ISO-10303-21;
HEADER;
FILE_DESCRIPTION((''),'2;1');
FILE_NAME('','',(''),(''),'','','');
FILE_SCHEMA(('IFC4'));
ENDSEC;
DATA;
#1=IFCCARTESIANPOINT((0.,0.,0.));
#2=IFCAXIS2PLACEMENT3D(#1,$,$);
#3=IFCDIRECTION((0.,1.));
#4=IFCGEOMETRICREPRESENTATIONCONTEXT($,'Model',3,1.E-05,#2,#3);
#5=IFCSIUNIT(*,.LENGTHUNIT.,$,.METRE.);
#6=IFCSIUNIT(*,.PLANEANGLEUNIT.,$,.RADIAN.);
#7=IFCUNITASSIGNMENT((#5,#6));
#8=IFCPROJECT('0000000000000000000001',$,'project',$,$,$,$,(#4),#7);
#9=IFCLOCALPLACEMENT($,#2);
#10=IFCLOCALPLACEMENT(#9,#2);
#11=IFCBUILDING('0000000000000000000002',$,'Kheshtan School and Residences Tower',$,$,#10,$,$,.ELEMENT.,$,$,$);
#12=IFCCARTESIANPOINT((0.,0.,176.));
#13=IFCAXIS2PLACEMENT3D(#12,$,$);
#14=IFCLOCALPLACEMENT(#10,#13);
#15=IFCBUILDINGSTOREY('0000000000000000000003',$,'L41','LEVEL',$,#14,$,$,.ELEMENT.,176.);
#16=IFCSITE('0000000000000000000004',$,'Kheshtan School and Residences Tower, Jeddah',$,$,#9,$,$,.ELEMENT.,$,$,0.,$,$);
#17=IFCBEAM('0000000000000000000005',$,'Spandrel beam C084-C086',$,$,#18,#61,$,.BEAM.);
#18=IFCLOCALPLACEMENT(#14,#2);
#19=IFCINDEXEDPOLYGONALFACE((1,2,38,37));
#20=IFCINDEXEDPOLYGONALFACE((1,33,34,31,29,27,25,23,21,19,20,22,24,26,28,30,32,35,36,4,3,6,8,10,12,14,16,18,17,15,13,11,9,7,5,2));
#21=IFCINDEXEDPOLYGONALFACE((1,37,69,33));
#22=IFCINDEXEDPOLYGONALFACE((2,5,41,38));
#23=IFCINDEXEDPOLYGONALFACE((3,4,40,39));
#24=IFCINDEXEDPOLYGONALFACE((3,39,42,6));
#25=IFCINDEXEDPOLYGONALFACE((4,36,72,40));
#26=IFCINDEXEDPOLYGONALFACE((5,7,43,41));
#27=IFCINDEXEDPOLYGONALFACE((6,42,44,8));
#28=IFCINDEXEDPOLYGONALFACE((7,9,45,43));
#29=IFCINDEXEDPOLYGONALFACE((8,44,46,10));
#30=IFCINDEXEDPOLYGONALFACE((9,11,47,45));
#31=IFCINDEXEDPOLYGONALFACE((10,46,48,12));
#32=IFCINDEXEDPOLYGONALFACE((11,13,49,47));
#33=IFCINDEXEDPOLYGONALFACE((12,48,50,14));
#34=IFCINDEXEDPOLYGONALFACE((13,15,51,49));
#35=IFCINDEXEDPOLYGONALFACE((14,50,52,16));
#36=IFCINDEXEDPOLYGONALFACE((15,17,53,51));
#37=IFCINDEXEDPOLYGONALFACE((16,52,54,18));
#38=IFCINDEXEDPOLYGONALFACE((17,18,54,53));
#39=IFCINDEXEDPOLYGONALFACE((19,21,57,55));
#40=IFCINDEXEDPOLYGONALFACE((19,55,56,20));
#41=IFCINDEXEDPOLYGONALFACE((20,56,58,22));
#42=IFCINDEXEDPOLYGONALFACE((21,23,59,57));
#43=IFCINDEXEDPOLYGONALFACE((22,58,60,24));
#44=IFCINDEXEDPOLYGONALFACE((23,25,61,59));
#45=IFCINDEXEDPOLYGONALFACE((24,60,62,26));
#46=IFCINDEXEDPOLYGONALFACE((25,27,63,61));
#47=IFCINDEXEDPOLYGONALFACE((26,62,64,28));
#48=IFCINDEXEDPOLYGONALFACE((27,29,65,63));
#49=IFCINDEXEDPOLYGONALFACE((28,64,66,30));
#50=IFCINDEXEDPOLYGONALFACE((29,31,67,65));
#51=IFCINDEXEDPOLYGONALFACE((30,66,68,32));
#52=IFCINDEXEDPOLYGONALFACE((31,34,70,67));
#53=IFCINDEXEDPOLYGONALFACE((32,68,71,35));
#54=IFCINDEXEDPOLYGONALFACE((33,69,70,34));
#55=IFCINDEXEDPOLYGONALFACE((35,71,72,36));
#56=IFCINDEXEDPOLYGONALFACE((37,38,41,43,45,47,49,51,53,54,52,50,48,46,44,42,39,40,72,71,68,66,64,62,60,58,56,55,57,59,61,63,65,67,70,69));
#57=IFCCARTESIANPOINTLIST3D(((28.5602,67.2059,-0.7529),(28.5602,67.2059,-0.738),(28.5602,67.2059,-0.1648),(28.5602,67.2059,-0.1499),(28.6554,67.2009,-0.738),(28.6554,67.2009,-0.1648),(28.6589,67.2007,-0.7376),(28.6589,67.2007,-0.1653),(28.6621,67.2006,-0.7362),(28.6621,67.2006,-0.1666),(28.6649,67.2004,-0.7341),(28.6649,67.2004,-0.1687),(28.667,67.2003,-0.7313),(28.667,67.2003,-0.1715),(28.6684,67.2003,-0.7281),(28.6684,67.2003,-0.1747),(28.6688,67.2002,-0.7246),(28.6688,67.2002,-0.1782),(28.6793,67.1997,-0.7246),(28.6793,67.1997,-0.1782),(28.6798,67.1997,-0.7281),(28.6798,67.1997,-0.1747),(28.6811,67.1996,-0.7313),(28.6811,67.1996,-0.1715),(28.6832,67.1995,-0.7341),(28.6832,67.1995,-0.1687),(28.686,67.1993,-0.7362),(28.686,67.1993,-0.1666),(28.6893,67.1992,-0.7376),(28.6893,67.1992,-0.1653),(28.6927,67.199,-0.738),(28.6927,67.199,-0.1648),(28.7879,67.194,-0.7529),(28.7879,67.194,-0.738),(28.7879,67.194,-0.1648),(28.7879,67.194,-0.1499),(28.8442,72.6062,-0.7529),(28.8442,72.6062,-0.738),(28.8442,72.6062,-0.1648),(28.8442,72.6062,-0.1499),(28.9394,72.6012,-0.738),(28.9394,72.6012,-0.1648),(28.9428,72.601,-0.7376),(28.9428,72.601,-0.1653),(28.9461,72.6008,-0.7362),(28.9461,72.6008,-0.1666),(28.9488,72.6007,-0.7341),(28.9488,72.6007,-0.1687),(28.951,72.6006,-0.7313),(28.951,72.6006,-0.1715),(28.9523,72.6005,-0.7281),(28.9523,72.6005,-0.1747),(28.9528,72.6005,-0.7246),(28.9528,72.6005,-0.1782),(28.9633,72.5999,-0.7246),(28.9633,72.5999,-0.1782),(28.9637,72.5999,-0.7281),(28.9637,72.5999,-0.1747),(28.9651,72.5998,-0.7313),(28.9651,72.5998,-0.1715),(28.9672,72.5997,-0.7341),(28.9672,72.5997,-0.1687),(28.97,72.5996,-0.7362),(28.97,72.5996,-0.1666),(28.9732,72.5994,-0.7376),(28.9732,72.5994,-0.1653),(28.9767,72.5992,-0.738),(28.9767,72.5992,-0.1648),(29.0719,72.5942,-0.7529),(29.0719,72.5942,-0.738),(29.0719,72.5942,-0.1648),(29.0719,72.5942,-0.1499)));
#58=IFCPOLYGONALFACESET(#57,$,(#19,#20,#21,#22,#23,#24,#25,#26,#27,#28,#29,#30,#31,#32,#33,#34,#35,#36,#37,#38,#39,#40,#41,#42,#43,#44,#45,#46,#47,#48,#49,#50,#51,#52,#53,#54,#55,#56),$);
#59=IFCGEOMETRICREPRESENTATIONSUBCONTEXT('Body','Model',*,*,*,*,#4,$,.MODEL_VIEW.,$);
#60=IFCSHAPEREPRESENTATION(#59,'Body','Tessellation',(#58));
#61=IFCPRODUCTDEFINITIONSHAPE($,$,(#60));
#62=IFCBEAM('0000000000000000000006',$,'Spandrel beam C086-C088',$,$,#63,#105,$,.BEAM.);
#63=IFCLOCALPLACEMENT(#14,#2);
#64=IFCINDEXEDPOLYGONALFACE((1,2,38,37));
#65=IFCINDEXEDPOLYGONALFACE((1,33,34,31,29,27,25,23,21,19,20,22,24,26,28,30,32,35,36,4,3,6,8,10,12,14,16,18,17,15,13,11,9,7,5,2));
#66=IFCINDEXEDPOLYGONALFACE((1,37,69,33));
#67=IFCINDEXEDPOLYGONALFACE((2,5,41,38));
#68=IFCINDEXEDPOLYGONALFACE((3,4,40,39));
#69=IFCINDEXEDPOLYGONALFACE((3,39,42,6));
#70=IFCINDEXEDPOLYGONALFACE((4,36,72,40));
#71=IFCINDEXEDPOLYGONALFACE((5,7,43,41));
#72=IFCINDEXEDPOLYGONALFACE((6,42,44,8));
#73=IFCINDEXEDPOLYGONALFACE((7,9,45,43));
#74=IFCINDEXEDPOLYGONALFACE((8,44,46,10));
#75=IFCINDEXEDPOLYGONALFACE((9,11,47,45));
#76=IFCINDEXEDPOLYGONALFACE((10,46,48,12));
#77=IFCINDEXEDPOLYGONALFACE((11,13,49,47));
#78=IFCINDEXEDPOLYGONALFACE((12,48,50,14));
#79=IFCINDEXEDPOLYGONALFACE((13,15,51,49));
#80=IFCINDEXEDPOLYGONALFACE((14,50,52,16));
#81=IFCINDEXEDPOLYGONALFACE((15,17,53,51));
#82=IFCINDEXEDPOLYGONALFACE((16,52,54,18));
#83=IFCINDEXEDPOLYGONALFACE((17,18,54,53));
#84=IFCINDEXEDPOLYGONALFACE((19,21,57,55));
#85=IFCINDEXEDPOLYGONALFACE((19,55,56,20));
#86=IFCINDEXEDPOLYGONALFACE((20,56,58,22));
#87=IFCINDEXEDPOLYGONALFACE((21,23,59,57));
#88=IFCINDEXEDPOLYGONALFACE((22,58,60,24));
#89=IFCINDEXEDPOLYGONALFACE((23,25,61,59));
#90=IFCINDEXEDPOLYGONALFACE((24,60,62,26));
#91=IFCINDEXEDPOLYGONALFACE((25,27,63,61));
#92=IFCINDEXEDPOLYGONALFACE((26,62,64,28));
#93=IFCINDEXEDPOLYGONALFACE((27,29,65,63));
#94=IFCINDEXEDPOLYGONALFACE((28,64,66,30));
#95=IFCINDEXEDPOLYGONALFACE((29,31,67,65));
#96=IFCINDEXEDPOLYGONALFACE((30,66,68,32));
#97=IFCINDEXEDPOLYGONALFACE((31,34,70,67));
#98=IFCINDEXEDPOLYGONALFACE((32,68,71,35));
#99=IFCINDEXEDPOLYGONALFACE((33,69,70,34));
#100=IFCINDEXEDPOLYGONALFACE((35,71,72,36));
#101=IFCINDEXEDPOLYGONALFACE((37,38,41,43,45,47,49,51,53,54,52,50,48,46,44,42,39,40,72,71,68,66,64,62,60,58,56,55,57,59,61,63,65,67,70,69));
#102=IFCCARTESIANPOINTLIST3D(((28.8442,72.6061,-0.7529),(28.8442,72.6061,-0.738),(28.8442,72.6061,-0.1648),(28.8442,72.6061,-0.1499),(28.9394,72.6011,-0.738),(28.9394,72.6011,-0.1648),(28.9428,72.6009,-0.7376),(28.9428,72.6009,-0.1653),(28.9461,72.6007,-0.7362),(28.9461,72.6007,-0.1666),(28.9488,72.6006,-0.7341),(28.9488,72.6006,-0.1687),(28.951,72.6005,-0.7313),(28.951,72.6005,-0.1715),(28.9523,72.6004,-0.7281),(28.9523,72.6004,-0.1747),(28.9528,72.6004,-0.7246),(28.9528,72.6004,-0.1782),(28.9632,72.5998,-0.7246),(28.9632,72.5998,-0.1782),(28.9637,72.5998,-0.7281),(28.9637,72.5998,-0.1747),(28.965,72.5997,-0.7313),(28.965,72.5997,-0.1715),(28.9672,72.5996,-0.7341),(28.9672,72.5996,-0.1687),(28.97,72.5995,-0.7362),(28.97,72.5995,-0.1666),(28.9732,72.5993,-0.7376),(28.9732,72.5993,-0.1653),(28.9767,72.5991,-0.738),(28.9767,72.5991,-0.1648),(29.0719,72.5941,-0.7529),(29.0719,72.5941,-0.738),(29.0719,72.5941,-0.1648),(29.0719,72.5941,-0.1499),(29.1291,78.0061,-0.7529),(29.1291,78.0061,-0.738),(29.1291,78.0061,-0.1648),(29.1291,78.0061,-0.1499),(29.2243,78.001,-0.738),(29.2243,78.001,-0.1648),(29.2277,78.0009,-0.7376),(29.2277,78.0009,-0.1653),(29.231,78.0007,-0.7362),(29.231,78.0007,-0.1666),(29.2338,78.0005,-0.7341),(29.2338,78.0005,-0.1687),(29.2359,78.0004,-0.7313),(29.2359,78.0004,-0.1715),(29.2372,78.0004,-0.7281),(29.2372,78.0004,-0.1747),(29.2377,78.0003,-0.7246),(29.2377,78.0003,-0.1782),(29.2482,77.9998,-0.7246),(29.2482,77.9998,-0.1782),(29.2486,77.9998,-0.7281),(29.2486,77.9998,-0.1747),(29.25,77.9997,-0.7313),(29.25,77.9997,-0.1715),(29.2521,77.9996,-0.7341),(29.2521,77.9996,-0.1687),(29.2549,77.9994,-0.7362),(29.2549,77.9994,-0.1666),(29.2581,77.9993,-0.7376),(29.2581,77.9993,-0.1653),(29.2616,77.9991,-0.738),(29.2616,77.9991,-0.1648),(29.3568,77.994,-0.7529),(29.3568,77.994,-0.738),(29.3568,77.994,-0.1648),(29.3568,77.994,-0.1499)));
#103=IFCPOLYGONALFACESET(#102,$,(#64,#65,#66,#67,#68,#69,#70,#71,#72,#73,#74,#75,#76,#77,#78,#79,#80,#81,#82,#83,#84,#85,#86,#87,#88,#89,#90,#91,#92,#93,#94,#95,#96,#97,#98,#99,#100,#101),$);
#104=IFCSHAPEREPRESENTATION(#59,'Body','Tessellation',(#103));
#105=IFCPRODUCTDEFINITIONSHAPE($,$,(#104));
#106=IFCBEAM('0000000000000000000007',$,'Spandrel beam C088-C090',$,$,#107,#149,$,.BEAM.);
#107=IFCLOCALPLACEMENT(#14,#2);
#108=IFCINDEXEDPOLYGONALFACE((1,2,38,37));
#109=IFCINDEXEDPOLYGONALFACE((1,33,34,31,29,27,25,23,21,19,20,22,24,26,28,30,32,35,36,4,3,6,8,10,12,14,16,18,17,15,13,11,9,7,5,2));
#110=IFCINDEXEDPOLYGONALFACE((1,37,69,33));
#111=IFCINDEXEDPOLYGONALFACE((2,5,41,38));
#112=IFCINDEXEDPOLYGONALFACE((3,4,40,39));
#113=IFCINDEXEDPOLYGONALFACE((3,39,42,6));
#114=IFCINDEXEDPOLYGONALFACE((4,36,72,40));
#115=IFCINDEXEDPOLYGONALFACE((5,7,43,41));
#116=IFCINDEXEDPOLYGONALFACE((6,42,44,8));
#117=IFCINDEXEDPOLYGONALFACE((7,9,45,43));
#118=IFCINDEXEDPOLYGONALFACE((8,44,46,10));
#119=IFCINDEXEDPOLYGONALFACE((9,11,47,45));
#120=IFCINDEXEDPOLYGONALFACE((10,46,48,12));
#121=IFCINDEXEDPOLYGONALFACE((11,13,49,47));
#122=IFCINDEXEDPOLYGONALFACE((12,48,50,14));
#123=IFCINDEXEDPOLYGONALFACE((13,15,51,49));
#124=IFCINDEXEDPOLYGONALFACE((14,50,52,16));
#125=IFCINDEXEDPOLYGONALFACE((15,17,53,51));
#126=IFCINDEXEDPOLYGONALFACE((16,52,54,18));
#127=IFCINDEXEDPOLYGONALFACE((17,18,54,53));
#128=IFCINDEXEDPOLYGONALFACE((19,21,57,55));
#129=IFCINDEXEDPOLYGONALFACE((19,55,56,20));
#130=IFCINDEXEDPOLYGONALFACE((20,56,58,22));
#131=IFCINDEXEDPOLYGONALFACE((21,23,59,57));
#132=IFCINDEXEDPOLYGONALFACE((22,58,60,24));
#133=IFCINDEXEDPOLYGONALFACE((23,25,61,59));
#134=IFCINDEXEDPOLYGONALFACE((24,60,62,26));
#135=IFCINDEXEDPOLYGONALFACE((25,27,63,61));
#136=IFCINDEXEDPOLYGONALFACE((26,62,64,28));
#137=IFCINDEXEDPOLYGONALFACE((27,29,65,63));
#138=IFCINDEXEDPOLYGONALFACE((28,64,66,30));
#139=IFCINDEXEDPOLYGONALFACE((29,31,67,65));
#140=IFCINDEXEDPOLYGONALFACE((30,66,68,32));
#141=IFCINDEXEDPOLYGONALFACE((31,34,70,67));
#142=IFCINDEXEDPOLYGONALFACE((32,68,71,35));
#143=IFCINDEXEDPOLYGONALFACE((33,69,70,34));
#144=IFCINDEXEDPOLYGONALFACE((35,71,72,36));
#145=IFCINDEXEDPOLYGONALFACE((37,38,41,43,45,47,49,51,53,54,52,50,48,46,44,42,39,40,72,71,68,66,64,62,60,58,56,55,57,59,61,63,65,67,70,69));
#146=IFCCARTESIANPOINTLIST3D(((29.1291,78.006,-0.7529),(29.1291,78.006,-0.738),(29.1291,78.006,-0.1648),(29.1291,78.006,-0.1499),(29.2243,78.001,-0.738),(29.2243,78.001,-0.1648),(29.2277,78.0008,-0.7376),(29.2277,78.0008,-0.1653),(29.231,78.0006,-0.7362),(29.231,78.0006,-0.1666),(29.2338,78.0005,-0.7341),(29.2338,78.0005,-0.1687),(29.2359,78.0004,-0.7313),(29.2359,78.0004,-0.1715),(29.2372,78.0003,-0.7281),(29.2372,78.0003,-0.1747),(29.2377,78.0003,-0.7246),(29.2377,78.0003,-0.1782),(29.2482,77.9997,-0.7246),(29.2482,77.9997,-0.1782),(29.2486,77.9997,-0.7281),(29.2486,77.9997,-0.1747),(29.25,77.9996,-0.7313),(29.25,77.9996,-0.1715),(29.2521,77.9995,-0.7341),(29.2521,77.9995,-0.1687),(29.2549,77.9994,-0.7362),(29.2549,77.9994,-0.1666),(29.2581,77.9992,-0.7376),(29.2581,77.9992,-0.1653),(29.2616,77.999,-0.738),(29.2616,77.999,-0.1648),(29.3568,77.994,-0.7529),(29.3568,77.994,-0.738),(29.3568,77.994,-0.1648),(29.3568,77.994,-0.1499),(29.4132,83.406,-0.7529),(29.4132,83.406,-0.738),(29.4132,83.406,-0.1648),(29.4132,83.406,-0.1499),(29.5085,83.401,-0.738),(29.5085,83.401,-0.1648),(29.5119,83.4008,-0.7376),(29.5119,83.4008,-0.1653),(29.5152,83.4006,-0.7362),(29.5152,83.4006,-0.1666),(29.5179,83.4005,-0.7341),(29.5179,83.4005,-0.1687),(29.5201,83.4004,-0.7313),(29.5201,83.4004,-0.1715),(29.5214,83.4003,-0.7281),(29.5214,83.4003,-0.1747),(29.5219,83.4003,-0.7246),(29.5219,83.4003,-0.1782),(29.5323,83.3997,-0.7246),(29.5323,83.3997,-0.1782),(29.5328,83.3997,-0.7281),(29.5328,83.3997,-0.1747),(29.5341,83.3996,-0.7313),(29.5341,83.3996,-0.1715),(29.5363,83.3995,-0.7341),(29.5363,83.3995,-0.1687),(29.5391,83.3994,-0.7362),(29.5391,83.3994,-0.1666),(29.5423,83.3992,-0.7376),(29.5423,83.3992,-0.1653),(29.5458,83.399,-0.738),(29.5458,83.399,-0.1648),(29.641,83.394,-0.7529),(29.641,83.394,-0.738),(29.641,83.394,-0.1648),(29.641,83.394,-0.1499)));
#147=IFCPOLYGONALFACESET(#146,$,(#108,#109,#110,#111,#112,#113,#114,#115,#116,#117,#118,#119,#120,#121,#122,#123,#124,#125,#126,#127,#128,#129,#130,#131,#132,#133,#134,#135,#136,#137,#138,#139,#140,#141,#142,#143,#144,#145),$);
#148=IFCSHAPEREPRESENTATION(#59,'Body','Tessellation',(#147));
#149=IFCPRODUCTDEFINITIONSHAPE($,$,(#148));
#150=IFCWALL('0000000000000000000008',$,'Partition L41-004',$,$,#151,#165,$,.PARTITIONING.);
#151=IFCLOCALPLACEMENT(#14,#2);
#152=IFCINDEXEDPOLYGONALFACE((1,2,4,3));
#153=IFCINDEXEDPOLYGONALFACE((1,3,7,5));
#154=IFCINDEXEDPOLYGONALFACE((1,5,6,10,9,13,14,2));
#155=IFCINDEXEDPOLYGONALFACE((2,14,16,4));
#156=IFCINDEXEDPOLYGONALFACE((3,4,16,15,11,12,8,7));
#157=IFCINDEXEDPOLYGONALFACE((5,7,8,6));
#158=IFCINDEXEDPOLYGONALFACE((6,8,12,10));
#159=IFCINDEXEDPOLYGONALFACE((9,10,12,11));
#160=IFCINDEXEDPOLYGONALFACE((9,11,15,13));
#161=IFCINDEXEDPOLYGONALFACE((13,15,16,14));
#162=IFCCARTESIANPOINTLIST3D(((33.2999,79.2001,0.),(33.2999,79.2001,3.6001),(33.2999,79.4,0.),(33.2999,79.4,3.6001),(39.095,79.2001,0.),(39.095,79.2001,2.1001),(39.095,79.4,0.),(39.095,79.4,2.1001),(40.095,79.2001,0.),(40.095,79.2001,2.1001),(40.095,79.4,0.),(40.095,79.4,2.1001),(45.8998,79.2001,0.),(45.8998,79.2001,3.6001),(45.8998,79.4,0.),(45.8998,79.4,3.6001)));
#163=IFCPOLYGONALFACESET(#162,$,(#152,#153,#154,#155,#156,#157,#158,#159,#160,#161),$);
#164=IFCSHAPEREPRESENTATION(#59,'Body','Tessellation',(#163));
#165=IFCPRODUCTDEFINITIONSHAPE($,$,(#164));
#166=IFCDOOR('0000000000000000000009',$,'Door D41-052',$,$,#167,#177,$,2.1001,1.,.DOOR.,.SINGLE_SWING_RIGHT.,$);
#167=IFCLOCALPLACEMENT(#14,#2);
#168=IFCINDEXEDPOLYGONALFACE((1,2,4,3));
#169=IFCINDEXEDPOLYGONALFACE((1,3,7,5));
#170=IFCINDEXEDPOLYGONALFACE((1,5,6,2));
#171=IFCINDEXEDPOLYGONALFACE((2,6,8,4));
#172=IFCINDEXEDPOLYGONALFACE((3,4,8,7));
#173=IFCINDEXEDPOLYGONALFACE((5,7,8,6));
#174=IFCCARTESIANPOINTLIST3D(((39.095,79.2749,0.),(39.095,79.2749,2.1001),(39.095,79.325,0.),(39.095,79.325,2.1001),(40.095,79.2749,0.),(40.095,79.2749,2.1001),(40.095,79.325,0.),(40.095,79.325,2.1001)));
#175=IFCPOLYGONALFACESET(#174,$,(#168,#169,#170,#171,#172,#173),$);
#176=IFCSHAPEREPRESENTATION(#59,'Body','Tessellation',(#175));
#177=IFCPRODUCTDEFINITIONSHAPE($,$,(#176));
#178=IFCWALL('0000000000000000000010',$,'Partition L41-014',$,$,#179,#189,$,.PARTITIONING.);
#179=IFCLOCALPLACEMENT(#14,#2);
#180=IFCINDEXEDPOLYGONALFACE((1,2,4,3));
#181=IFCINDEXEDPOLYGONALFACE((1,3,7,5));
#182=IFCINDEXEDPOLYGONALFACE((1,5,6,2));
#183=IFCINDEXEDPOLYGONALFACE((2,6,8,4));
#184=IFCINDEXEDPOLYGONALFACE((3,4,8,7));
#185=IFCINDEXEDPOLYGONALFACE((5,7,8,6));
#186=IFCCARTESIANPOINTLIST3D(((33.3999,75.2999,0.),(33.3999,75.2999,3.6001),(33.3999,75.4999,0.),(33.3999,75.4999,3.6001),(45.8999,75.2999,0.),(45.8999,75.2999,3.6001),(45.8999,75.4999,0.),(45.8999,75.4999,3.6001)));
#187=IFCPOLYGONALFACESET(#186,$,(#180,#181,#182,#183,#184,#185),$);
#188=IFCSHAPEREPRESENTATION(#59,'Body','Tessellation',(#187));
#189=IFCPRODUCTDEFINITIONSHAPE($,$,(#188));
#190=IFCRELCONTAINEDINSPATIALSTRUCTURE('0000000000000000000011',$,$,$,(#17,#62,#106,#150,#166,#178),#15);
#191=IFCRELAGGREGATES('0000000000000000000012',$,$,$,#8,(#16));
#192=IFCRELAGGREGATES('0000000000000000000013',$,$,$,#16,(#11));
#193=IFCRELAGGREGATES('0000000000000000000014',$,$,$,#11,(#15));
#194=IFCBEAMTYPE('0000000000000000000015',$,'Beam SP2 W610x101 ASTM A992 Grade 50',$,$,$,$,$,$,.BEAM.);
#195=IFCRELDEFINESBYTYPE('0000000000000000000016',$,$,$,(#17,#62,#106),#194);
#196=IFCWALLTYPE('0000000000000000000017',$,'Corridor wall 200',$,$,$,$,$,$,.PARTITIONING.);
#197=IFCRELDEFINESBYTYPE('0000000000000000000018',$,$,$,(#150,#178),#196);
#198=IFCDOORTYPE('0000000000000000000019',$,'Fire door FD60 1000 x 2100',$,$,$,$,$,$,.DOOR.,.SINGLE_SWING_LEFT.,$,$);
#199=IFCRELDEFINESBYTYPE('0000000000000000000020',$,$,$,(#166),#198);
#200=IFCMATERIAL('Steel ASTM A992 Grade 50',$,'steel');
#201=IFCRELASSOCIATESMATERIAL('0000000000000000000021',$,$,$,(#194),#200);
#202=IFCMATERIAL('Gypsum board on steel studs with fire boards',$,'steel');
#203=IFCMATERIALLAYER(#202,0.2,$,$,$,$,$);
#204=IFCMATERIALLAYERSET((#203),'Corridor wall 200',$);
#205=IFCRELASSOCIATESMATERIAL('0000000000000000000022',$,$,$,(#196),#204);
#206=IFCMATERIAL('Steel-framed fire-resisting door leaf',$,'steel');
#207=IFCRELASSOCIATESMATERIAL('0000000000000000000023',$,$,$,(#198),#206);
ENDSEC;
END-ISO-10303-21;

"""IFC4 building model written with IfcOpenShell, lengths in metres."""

from ifc_helpers import new_model, si_unit, direction, frame, frame_2d, origin, origin_2d, place, context, subcontext, project, spatial, rectangle, i_section, extrude, source, transform, mapped, material, layer, layer_set, material_profile, profile_set, type_object, element, fill, save


model = new_model("IFC4")

# Units and contexts
model_context = context("Model", 3, precision=1e-05, world=origin(), true_north=direction((0.0, 1.0)))
body_context = subcontext(model_context, "Body", "Model", "MODEL_VIEW")
ifc_project = project(units=[si_unit("LENGTHUNIT", "METRE"), si_unit("PLANEANGLEUNIT", "RADIAN")], contexts=[model_context])

# Site, building, storey
site_placement = place(None, origin())
site = spatial("IfcSite", under=ifc_project, at=site_placement, Name="Kheshtan School and Residences Tower, Jeddah", CompositionType="ELEMENT", RefElevation=0.0)
building_placement = place(site_placement, origin())
building = spatial("IfcBuilding", under=site, at=building_placement, Name="Kheshtan School and Residences Tower", CompositionType="ELEMENT")
storey_placement = place(building_placement, frame((0.0, 0.0, 176.0)))
storey = spatial("IfcBuildingStorey", under=building, at=storey_placement, Name="L41", Description="LEVEL", CompositionType="ELEMENT", Elevation=176.0)

# Shared definitions
ifc_material_1 = material(Name="Steel ASTM A992 Grade 50", Category="steel")

# Beams
ifc_material_profile_1 = material_profile(ifc_material_1, i_section(OverallWidth=0.228, OverallDepth=0.603, WebThickness=0.0105, FlangeThickness=0.0149, FilletRadius=0.0134, at=origin_2d()), Name="W610x101")
ifc_profile_set_1 = profile_set([ifc_material_profile_1], Name="Steel ASTM A992 Grade 50")
beam_type_1 = type_object("IfcBeamType", Name="Beam SP2 W610x101 ASTM A992 Grade 50", PredefinedType="BEAM", material=ifc_profile_set_1)
beam_1_placement = place(storey_placement, frame((28.6741, 67.2, -0.4514), z_axis=(0.052507, 0.998621, 0.0), x_axis=(-0.998621, 0.052507, 0.0)))
element("IfcBeam", 1, at=beam_1_placement, inside=storey, type_object=beam_type_1, Name="Spandrel beam C084-C086", PredefinedType="BEAM", context=body_context, shape_type="SweptSolid", body=[
    extrude(i_section(OverallWidth=0.228, OverallDepth=0.603, WebThickness=0.0105, FlangeThickness=0.0149, FilletRadius=0.0134, at=origin_2d()), origin(), (0.0, 0.0, 1.0), 5.4077),
])
for number, where, z_axis, x_axis, name in (
    (2, (28.958, 72.6001, -0.4514), (0.052689, 0.998611, 0.0), (-0.998611, 0.052689, 0.0), "Spandrel beam C086-C088"),
    (3, (29.2429, 78.0, -0.4514), (0.052554, 0.998618, 0.0), (-0.998618, 0.052554, 0.0), "Spandrel beam C088-C090"),
):
    element("IfcBeam", number, at=place(storey_placement, frame(where, z_axis=z_axis, x_axis=x_axis)), inside=storey, type_object=beam_type_1, Name=name, PredefinedType="BEAM", context=body_context, shape_type="SweptSolid", body=[
        extrude(i_section(OverallWidth=0.228, OverallDepth=0.603, WebThickness=0.0105, FlangeThickness=0.0149, FilletRadius=0.0134, at=origin_2d()), origin(), (0.0, 0.0, 1.0), 5.4075),
    ])

# Wall, opening, door
ifc_material_2 = material(Name="Gypsum board on steel studs with fire boards", Category="steel")
ifc_layer_1 = layer(ifc_material_2, 0.2)
ifc_layer_set_1 = layer_set([ifc_layer_1], Name="Corridor wall 200")
wall_type_1 = type_object("IfcWallType", Name="Corridor wall 200", PredefinedType="PARTITIONING", material=ifc_layer_set_1)
wall_1_placement = place(storey_placement, frame((33.3, 79.3, 0.0), z_axis=(0.0, 0.0, 1.0), x_axis=(1.0, 0.0, 0.0)))
wall_1 = element("IfcWall", 4, at=wall_1_placement, inside=storey, type_object=wall_type_1, Name="Partition L41-004", PredefinedType="PARTITIONING", context=body_context, shape_type="SweptSolid", body=[
    extrude(rectangle(XDim=12.5999, YDim=0.2, at=frame_2d((6.2998, 0.0))), origin(), (0.0, 0.0, 1.0), 3.6001),
])
opening_1_placement = place(wall_1_placement, frame((5.7949, 0.0, 0.0)))
opening_1 = element("IfcOpeningElement", 5, at=opening_1_placement, cuts=wall_1, PredefinedType="OPENING", context=body_context, shape_type="SweptSolid", body=[
    extrude(rectangle(XDim=1.0, YDim=2.1001, at=frame_2d((0.5, 1.05))), frame((0.0, 0.1099, 0.0), z_axis=(0.0, -1.0, 0.0), x_axis=(1.0, 0.0, 0.0)), (0.0, 0.0, 1.0), 0.22),
])
ifc_material_3 = material(Name="Steel-framed fire-resisting door leaf", Category="steel")
door_type_1 = type_object("IfcDoorType", Name="Fire door FD60 1000 x 2100", OperationType="SINGLE_SWING_LEFT", PredefinedType="DOOR", material=ifc_material_3)
shared_shape_1 = source(origin(), body_context, "Body", "SweptSolid", [
    extrude(rectangle(XDim=1.0, YDim=2.1001, at=frame_2d((0.5, 1.05))), frame((0.0, 0.0249, 0.0), z_axis=(0.0, -1.0, 0.0), x_axis=(1.0, 0.0, 0.0)), (0.0, 0.0, 1.0), 0.05),
])
door_1_placement = place(opening_1_placement, origin())
door_1 = element("IfcDoor", 6, at=door_1_placement, inside=storey, type_object=door_type_1, Name="Door D41-052", OperationType="SINGLE_SWING_RIGHT", OverallHeight=2.1001, OverallWidth=1.0, PredefinedType="DOOR", context=body_context, shape_type="MappedRepresentation", body=[
    mapped(shared_shape_1, transform((0.0, 0.0, 0.0), x_axis=(1.0, 0.0, 0.0), y_axis=(0.0, 1.0, 0.0), z_axis=(0.0, 0.0, 1.0), scale=1.0)),
])
fill(opening_1, door_1)

# Wall
wall_2_placement = place(storey_placement, frame((33.3999, 75.3999, 0.0), z_axis=(0.0, 0.0, 1.0), x_axis=(1.0, 0.0, 0.0)))
element("IfcWall", 7, at=wall_2_placement, inside=storey, type_object=wall_type_1, Name="Partition L41-014", PredefinedType="PARTITIONING", context=body_context, shape_type="SweptSolid", body=[
    extrude(rectangle(XDim=12.5, YDim=0.2, at=frame_2d((6.25, 0.0))), origin(), (0.0, 0.0, 1.0), 3.6001),
])

save(model, "model.ifc")
